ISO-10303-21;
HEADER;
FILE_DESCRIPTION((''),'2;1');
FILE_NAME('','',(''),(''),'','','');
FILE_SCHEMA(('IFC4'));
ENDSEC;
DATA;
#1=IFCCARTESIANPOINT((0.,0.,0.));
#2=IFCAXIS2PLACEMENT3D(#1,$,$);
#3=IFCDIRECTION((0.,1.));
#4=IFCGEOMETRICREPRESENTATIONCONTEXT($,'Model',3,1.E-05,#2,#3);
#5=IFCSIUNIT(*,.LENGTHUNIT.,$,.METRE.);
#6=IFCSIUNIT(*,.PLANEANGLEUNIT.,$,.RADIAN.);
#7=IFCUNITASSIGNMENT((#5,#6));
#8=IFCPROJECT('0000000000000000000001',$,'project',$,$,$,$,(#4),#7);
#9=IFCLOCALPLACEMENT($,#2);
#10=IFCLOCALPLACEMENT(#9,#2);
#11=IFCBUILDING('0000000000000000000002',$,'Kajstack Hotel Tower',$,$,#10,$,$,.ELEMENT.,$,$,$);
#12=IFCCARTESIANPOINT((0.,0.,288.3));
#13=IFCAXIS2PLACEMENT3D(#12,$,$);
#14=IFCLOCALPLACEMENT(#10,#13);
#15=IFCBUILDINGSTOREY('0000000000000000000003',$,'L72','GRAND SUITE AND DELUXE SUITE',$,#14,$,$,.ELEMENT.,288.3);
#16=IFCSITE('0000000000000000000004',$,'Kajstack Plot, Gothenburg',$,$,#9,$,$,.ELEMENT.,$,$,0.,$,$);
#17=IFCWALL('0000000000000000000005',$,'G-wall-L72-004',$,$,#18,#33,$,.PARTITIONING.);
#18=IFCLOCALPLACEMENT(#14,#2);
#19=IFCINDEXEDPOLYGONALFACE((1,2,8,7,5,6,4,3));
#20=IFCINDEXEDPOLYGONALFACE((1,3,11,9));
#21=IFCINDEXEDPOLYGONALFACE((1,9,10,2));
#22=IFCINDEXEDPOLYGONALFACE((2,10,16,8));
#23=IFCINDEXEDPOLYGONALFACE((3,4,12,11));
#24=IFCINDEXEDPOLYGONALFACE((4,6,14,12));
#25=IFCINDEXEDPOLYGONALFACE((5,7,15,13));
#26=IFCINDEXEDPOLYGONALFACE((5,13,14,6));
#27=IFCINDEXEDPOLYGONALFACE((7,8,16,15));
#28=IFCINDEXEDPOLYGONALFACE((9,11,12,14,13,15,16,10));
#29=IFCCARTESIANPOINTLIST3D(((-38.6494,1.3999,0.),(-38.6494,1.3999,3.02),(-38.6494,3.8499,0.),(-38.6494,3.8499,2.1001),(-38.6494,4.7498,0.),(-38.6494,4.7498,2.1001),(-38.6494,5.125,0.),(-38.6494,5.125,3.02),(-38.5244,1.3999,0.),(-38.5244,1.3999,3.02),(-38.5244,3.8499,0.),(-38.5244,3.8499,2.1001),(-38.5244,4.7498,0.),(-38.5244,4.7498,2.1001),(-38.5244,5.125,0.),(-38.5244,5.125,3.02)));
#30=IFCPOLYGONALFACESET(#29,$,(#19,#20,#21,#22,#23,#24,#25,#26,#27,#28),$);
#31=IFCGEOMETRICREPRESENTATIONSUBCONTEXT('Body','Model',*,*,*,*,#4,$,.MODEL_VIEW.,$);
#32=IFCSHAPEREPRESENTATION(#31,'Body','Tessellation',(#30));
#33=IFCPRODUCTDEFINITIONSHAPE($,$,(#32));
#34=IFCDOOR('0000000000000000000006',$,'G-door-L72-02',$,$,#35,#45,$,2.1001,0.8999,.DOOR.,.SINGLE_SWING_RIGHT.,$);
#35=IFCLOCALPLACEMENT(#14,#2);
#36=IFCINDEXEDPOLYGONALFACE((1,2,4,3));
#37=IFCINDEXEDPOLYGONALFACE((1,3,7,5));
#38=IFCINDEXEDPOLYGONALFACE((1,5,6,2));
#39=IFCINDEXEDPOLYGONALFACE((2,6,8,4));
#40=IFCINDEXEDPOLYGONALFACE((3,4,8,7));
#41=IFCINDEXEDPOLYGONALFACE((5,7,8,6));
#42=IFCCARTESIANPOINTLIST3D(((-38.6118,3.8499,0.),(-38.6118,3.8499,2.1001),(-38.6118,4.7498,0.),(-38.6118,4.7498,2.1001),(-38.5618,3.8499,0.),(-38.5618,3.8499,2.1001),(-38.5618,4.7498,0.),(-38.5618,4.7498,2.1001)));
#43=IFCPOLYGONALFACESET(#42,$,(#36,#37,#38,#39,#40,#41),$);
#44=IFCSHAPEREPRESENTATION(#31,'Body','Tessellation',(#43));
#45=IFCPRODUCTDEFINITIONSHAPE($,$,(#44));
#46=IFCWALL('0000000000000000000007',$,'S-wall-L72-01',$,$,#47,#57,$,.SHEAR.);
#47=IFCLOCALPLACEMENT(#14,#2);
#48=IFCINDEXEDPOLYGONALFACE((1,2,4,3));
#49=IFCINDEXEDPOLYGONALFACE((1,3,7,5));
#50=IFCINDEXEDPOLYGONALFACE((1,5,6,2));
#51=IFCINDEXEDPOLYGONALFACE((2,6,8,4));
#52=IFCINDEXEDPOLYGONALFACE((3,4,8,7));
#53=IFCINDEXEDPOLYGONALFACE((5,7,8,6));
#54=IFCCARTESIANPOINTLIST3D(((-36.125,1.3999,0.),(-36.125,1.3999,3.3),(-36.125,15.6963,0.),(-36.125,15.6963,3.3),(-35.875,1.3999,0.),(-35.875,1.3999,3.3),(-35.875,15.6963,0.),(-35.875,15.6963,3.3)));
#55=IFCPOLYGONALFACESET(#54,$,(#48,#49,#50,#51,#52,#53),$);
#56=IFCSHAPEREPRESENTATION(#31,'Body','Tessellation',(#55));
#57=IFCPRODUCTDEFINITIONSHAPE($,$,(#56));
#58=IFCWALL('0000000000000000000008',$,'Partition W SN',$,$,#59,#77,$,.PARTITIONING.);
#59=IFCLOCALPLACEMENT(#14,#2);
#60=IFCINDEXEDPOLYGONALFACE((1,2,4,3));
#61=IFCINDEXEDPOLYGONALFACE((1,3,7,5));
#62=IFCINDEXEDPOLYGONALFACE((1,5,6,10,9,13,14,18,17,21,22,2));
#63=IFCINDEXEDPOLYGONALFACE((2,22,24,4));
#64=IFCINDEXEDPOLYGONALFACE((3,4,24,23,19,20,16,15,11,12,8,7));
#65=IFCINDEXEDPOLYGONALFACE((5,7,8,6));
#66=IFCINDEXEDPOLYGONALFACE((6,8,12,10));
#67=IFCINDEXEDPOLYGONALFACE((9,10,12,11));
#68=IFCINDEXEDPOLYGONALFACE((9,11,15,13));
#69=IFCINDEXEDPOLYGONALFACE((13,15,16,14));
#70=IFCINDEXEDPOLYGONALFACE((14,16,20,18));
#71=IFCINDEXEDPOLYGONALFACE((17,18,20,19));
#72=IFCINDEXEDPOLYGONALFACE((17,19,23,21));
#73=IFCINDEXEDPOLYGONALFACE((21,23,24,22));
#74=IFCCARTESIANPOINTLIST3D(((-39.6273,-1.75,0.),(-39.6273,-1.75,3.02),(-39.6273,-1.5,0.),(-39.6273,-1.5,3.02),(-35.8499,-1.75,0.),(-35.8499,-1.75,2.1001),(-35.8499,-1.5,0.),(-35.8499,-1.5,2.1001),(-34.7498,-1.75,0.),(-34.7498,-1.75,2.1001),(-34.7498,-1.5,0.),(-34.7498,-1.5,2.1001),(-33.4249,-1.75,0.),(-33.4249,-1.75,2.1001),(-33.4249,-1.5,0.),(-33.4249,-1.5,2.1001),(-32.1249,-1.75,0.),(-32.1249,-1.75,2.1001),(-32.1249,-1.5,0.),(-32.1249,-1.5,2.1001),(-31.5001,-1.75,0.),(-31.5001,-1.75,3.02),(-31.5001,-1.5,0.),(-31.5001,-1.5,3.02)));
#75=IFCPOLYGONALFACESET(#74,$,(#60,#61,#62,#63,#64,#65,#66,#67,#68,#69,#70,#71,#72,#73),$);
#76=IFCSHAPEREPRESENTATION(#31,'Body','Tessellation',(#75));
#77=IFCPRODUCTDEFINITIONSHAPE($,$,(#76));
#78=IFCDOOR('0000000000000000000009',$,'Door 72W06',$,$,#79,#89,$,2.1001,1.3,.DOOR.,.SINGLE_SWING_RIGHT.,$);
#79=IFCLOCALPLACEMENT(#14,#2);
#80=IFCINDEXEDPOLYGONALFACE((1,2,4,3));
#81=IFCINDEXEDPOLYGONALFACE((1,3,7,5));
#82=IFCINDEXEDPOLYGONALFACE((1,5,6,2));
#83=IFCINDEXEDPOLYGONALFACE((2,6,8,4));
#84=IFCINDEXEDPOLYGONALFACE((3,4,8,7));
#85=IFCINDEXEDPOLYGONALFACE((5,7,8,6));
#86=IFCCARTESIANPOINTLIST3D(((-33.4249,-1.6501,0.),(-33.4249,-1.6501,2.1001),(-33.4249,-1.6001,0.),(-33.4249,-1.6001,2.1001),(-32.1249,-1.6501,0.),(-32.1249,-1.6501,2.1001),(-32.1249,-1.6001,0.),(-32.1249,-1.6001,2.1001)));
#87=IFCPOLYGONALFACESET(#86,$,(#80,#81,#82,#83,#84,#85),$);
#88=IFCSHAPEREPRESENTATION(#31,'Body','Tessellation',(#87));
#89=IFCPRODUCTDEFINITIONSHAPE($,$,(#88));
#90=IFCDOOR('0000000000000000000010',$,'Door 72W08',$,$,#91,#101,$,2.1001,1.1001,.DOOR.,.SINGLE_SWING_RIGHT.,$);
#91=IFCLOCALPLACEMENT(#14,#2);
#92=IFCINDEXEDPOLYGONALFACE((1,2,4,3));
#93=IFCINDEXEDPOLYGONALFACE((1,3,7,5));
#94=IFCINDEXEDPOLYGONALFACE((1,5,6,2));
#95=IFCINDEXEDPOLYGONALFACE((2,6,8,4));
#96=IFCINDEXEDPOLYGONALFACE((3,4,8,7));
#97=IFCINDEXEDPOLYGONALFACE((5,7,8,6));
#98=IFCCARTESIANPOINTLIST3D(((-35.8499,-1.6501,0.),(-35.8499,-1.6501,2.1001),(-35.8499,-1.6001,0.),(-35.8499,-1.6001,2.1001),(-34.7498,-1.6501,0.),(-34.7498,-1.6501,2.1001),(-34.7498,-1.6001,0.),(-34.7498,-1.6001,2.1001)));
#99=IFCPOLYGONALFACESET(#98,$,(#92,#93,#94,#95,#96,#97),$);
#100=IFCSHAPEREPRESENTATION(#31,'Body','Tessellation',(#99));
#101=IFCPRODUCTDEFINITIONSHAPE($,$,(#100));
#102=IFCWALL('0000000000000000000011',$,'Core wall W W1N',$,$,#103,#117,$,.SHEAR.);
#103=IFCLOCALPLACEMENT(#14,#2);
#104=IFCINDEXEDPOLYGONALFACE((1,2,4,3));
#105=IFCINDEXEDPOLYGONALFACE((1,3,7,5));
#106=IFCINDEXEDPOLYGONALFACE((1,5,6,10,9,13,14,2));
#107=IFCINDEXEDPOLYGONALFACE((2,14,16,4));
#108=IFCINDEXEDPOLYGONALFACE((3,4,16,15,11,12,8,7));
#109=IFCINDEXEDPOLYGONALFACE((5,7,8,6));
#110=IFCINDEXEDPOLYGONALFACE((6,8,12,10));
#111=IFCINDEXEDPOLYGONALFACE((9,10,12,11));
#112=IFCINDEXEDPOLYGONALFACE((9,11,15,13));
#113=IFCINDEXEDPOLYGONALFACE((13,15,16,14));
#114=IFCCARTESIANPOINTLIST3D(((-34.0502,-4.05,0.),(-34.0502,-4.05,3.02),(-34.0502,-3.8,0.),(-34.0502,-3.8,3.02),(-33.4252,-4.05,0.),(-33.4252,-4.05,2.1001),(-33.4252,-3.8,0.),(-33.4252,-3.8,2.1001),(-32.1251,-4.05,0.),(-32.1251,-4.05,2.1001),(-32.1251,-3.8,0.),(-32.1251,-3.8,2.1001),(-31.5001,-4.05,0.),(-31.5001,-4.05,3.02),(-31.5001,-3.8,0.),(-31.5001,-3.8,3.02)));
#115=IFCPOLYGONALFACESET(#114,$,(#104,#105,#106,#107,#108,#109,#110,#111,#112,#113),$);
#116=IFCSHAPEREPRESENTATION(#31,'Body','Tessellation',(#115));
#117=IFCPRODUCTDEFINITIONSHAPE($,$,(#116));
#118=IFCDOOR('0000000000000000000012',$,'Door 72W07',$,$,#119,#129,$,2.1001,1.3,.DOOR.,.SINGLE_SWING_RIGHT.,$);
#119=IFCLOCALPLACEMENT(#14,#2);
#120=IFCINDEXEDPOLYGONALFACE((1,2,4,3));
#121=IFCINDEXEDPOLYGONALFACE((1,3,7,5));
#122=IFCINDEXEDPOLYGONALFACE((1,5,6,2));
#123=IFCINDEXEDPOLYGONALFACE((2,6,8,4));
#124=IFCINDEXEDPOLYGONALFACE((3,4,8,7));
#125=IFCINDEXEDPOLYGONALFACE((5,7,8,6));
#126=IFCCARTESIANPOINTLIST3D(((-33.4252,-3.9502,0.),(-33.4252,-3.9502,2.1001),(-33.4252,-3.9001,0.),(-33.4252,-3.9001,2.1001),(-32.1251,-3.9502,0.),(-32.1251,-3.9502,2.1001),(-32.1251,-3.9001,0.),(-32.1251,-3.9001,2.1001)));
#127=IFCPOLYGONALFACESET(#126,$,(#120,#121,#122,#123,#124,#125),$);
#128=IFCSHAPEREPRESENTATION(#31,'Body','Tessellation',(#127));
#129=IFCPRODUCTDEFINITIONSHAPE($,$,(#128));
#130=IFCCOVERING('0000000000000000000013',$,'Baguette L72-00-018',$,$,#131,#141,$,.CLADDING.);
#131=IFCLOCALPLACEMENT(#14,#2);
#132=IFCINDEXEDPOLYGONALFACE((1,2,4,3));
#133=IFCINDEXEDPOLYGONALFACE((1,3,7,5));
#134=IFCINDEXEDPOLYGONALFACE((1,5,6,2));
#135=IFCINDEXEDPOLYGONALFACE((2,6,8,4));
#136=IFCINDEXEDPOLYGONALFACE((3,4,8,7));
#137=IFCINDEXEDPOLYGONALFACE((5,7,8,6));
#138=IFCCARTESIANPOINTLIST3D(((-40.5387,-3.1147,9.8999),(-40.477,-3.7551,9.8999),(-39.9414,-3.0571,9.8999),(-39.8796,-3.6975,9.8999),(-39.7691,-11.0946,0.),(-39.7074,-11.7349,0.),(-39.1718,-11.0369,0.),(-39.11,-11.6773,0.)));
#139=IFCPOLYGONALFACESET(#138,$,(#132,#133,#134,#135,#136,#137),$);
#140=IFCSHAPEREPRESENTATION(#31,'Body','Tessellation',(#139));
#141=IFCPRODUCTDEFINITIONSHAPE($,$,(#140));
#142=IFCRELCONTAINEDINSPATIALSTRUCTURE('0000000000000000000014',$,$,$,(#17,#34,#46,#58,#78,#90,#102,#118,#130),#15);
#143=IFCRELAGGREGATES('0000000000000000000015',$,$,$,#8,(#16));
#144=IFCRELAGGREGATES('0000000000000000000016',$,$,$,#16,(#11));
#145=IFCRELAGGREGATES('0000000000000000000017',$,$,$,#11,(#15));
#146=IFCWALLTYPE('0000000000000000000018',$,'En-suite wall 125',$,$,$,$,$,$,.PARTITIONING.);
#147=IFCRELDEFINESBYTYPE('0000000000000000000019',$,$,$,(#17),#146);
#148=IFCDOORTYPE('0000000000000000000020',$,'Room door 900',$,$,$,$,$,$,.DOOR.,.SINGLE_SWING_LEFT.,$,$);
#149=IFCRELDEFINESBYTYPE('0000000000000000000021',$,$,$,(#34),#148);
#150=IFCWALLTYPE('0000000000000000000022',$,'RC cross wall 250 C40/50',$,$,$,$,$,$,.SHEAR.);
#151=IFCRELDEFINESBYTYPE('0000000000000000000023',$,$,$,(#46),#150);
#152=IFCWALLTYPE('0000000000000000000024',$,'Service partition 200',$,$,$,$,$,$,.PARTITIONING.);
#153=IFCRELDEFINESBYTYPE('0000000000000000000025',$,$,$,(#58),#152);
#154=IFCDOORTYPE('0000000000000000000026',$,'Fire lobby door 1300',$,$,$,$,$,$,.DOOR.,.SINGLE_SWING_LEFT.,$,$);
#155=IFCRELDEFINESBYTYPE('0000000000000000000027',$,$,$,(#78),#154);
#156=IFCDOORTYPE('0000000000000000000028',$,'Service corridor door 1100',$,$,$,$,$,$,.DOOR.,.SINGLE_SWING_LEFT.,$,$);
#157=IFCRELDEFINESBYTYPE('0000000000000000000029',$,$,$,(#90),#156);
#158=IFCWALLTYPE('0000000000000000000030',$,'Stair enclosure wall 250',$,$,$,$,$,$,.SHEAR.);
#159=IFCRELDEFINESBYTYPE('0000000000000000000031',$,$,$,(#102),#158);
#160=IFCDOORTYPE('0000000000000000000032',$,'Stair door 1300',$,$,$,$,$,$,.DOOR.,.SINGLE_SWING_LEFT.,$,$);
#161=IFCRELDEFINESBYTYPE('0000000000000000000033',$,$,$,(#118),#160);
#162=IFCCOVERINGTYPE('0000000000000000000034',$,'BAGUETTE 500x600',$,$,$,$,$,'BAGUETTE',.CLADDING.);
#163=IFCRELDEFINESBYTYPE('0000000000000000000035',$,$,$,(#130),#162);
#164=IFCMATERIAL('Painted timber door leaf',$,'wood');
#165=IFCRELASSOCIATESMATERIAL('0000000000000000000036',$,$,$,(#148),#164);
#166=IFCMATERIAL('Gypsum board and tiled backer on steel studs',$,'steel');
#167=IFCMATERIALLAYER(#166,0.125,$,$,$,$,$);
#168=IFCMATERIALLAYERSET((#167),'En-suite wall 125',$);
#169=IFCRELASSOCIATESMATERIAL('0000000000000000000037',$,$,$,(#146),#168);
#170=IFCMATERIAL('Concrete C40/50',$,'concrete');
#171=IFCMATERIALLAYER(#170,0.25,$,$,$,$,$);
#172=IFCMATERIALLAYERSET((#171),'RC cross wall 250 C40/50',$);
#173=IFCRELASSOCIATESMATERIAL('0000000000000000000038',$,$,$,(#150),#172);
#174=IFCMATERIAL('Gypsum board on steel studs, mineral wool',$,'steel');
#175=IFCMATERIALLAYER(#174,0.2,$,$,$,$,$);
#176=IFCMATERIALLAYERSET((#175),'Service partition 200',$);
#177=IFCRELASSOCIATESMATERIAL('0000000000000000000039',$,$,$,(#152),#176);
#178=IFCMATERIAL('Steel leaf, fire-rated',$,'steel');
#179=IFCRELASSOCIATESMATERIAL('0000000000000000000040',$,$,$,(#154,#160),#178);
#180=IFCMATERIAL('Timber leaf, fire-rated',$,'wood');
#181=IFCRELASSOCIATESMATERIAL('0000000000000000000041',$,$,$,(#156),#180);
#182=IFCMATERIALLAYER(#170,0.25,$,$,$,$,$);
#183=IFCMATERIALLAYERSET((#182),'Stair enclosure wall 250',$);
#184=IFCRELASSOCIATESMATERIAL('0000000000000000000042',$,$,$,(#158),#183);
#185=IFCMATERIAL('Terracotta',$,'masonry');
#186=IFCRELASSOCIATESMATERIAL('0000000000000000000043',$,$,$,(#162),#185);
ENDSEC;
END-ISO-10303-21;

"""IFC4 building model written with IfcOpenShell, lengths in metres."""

from ifc_helpers import new_model, si_unit, direction, frame, frame_2d, origin, origin_2d, place, context, subcontext, project, spatial, polyline, rectangle, outline, extrude, material, layer, layer_set, material_profile, profile_set, type_object, element, fill, save


model = new_model("IFC4")

# Units and contexts
model_context = context("Model", 3, precision=1e-05, world=origin(), true_north=direction((0.0, 1.0)))
body_context = subcontext(model_context, "Body", "Model", "MODEL_VIEW")
ifc_project = project(units=[si_unit("LENGTHUNIT", "METRE"), si_unit("PLANEANGLEUNIT", "RADIAN")], contexts=[model_context])

# Site, building, storey
site_placement = place(None, origin())
site = spatial("IfcSite", under=ifc_project, at=site_placement, Name="Kajstack Plot, Gothenburg", CompositionType="ELEMENT", RefElevation=0.0)
building_placement = place(site_placement, origin())
building = spatial("IfcBuilding", under=site, at=building_placement, Name="Kajstack Hotel Tower", CompositionType="ELEMENT")
storey_placement = place(building_placement, frame((0.0, 0.0, 288.3)))
storey = spatial("IfcBuildingStorey", under=building, at=storey_placement, Name="L72", Description="GRAND SUITE AND DELUXE SUITE", CompositionType="ELEMENT", Elevation=288.3)

# Shared definitions
ifc_material_1 = material(Name="Gypsum board on steel studs, mineral wool", Category="steel")
ifc_material_2 = material(Name="Painted timber door leaf", Category="wood")
door_type_1 = type_object("IfcDoorType", Name="Room door 900", OperationType="SINGLE_SWING_LEFT", PredefinedType="DOOR", material=ifc_material_2)

# Wall, opening, door
ifc_material_3 = material(Name="Gypsum board and tiled backer on steel studs", Category="steel")
ifc_layer_1 = layer(ifc_material_3, 0.125)
ifc_layer_set_1 = layer_set([ifc_layer_1], Name="En-suite wall 125")
wall_type_1 = type_object("IfcWallType", Name="En-suite wall 125", PredefinedType="PARTITIONING", material=ifc_layer_set_1)
wall_1_placement = place(storey_placement, frame((-38.5869, 1.3999, 0.0), z_axis=(0.0, 0.0, 1.0), x_axis=(0.0, 1.0, 0.0)))
wall_1 = element("IfcWall", 1, at=wall_1_placement, inside=storey, type_object=wall_type_1, Name="G-wall-L72-004", PredefinedType="PARTITIONING", context=body_context, shape_type="SweptSolid", body=[
    extrude(rectangle(XDim=3.7251, YDim=0.125, at=frame_2d((1.8625, 0.0))), origin(), (0.0, 0.0, 1.0), 3.02),
])
opening_1_placement = place(wall_1_placement, frame((2.45, 0.0, 0.0)))
opening_1 = element("IfcOpeningElement", 2, at=opening_1_placement, cuts=wall_1, PredefinedType="OPENING", context=body_context, shape_type="SweptSolid", body=[
    extrude(rectangle(XDim=0.8999, YDim=2.1001, at=frame_2d((0.45, 1.05))), frame((0.0, 0.0725, 0.0), z_axis=(0.0, -1.0, 0.0), x_axis=(1.0, 0.0, 0.0)), (0.0, 0.0, 1.0), 0.145),
])
door_1_placement = place(opening_1_placement, origin())
door_1 = element("IfcDoor", 3, at=door_1_placement, inside=storey, type_object=door_type_1, Name="G-door-L72-02", OperationType="SINGLE_SWING_RIGHT", OverallHeight=2.1001, OverallWidth=0.8999, PredefinedType="DOOR", context=body_context, shape_type="SweptSolid", body=[
    extrude(rectangle(XDim=0.8999, YDim=2.1001, at=frame_2d((0.45, 1.05))), frame((0.0, 0.0249, 0.0), z_axis=(0.0, -1.0, 0.0), x_axis=(1.0, 0.0, 0.0)), (0.0, 0.0, 1.0), 0.05),
])
fill(opening_1, door_1)

# Wall
ifc_material_4 = material(Name="Concrete C40/50", Category="concrete")
ifc_layer_2 = layer(ifc_material_4, 0.25)
ifc_layer_set_2 = layer_set([ifc_layer_2], Name="RC cross wall 250 C40/50")
wall_type_2 = type_object("IfcWallType", Name="RC cross wall 250 C40/50", PredefinedType="SHEAR", material=ifc_layer_set_2)
wall_2_placement = place(storey_placement, frame((-36.0, 1.3999, 0.0), z_axis=(0.0, 0.0, 1.0), x_axis=(0.0, 1.0, 0.0)))
element("IfcWall", 4, at=wall_2_placement, inside=storey, type_object=wall_type_2, Name="S-wall-L72-01", PredefinedType="SHEAR", context=body_context, shape_type="SweptSolid", body=[
    extrude(rectangle(XDim=14.2964, YDim=0.25, at=frame_2d((7.1482, 0.0))), origin(), (0.0, 0.0, 1.0), 3.3),
])

# Wall, openings, doors
ifc_layer_3 = layer(ifc_material_1, 0.2)
ifc_layer_set_3 = layer_set([ifc_layer_3], Name="Service partition 200")
wall_type_3 = type_object("IfcWallType", Name="Service partition 200", PredefinedType="PARTITIONING", material=ifc_layer_set_3)
wall_3_placement = place(storey_placement, frame((-39.6272, -1.625, 0.0), z_axis=(0.0, 0.0, 1.0), x_axis=(1.0, 0.0, 0.0)))
wall_3 = element("IfcWall", 5, at=wall_3_placement, inside=storey, type_object=wall_type_3, Name="Partition W SN", PredefinedType="PARTITIONING", context=body_context, shape_type="SweptSolid", body=[
    extrude(rectangle(XDim=8.1272, YDim=0.25, at=frame_2d((4.0635, 0.0))), origin(), (0.0, 0.0, 1.0), 3.02),
])
opening_2_placement = place(wall_3_placement, frame((6.2024, 0.0, 0.0)))
opening_2 = element("IfcOpeningElement", 6, at=opening_2_placement, cuts=wall_3, PredefinedType="OPENING", context=body_context, shape_type="SweptSolid", body=[
    extrude(rectangle(XDim=1.3, YDim=2.1001, at=frame_2d((0.6499, 1.05))), frame((0.0, 0.135, 0.0), z_axis=(0.0, -1.0, 0.0), x_axis=(1.0, 0.0, 0.0)), (0.0, 0.0, 1.0), 0.27),
])
opening_3_placement = place(wall_3_placement, frame((3.7773, 0.0, 0.0)))
opening_3 = element("IfcOpeningElement", 7, at=opening_3_placement, cuts=wall_3, PredefinedType="OPENING", context=body_context, shape_type="SweptSolid", body=[
    extrude(rectangle(XDim=1.1001, YDim=2.1001, at=frame_2d((0.55, 1.05))), frame((0.0, 0.135, 0.0), z_axis=(0.0, -1.0, 0.0), x_axis=(1.0, 0.0, 0.0)), (0.0, 0.0, 1.0), 0.27),
])
ifc_material_5 = material(Name="Steel leaf, fire-rated", Category="steel")
door_type_2 = type_object("IfcDoorType", Name="Fire lobby door 1300", OperationType="SINGLE_SWING_LEFT", PredefinedType="DOOR", material=ifc_material_5)
door_2_placement = place(opening_2_placement, origin())
door_2 = element("IfcDoor", 8, at=door_2_placement, inside=storey, type_object=door_type_2, Name="Door 72W06", OperationType="SINGLE_SWING_RIGHT", OverallHeight=2.1001, OverallWidth=1.3, PredefinedType="DOOR", context=body_context, shape_type="SweptSolid", body=[
    extrude(rectangle(XDim=1.3, YDim=2.1001, at=frame_2d((0.6499, 1.05))), frame((0.0, 0.0249, 0.0), z_axis=(0.0, -1.0, 0.0), x_axis=(1.0, 0.0, 0.0)), (0.0, 0.0, 1.0), 0.05),
])
fill(opening_2, door_2)
ifc_material_6 = material(Name="Timber leaf, fire-rated", Category="wood")
door_type_3 = type_object("IfcDoorType", Name="Service corridor door 1100", OperationType="SINGLE_SWING_LEFT", PredefinedType="DOOR", material=ifc_material_6)
door_3_placement = place(opening_3_placement, origin())
door_3 = element("IfcDoor", 9, at=door_3_placement, inside=storey, type_object=door_type_3, Name="Door 72W08", OperationType="SINGLE_SWING_RIGHT", OverallHeight=2.1001, OverallWidth=1.1001, PredefinedType="DOOR", context=body_context, shape_type="SweptSolid", body=[
    extrude(rectangle(XDim=1.1001, YDim=2.1001, at=frame_2d((0.55, 1.05))), frame((0.0, 0.0249, 0.0), z_axis=(0.0, -1.0, 0.0), x_axis=(1.0, 0.0, 0.0)), (0.0, 0.0, 1.0), 0.05),
])
fill(opening_3, door_3)

# Wall, opening, door
ifc_layer_4 = layer(ifc_material_4, 0.25)
ifc_layer_set_4 = layer_set([ifc_layer_4], Name="Stair enclosure wall 250")
wall_type_4 = type_object("IfcWallType", Name="Stair enclosure wall 250", PredefinedType="SHEAR", material=ifc_layer_set_4)
wall_4_placement = place(storey_placement, frame((-34.05, -3.925, 0.0), z_axis=(0.0, 0.0, 1.0), x_axis=(1.0, 0.0, 0.0)))
wall_4 = element("IfcWall", 10, at=wall_4_placement, inside=storey, type_object=wall_type_4, Name="Core wall W W1N", PredefinedType="SHEAR", context=body_context, shape_type="SweptSolid", body=[
    extrude(rectangle(XDim=2.55, YDim=0.25, at=frame_2d((1.2749, 0.0))), origin(), (0.0, 0.0, 1.0), 3.02),
])
opening_4_placement = place(wall_4_placement, frame((0.625, 0.0, 0.0)))
opening_4 = element("IfcOpeningElement", 11, at=opening_4_placement, cuts=wall_4, PredefinedType="OPENING", context=body_context, shape_type="SweptSolid", body=[
    extrude(rectangle(XDim=1.3, YDim=2.1001, at=frame_2d((0.6499, 1.05))), frame((0.0, 0.135, 0.0), z_axis=(0.0, -1.0, 0.0), x_axis=(1.0, 0.0, 0.0)), (0.0, 0.0, 1.0), 0.27),
])
door_type_4 = type_object("IfcDoorType", Name="Stair door 1300", OperationType="SINGLE_SWING_LEFT", PredefinedType="DOOR", material=ifc_material_5)
door_4_placement = place(opening_4_placement, origin())
door_4 = element("IfcDoor", 12, at=door_4_placement, inside=storey, type_object=door_type_4, Name="Door 72W07", OperationType="SINGLE_SWING_RIGHT", OverallHeight=2.1001, OverallWidth=1.3, PredefinedType="DOOR", context=body_context, shape_type="SweptSolid", body=[
    extrude(rectangle(XDim=1.3, YDim=2.1001, at=frame_2d((0.6499, 1.05))), frame((0.0, 0.0249, 0.0), z_axis=(0.0, -1.0, 0.0), x_axis=(1.0, 0.0, 0.0)), (0.0, 0.0, 1.0), 0.05),
])
fill(opening_4, door_4)

# Covering
ifc_material_7 = material(Name="Terracotta", Category="masonry")
ifc_material_profile = material_profile(ifc_material_7, rectangle(XDim=0.6001, YDim=0.5, at=origin_2d()), Name="Terracotta-clad concrete baguette 500 x 600")
ifc_profile_set = profile_set([ifc_material_profile], Name="Terracotta")
covering_type = type_object("IfcCoveringType", Name="BAGUETTE 500x600", ElementType="BAGUETTE", PredefinedType="CLADDING", material=ifc_profile_set)
covering_placement = place(storey_placement, frame((-39.9414, -3.0571, 0.0), z_axis=(-0.995381, -0.095999, 0.0), x_axis=(0.095999, -0.995381, 0.0)))
element("IfcCovering", 13, at=covering_placement, inside=storey, type_object=covering_type, Name="Baguette L72-00-018", PredefinedType="CLADDING", context=body_context, shape_type="SweptSolid", body=[
    extrude(outline(polyline([(0.0, 9.8999), (8.0168, 0.0), (8.6602, 0.0), (0.6433, 9.8999), (0.0, 9.8999)])), origin(), (0.0, 0.0, 1.0), 0.6001),
])

save(model, "model.ifc")
